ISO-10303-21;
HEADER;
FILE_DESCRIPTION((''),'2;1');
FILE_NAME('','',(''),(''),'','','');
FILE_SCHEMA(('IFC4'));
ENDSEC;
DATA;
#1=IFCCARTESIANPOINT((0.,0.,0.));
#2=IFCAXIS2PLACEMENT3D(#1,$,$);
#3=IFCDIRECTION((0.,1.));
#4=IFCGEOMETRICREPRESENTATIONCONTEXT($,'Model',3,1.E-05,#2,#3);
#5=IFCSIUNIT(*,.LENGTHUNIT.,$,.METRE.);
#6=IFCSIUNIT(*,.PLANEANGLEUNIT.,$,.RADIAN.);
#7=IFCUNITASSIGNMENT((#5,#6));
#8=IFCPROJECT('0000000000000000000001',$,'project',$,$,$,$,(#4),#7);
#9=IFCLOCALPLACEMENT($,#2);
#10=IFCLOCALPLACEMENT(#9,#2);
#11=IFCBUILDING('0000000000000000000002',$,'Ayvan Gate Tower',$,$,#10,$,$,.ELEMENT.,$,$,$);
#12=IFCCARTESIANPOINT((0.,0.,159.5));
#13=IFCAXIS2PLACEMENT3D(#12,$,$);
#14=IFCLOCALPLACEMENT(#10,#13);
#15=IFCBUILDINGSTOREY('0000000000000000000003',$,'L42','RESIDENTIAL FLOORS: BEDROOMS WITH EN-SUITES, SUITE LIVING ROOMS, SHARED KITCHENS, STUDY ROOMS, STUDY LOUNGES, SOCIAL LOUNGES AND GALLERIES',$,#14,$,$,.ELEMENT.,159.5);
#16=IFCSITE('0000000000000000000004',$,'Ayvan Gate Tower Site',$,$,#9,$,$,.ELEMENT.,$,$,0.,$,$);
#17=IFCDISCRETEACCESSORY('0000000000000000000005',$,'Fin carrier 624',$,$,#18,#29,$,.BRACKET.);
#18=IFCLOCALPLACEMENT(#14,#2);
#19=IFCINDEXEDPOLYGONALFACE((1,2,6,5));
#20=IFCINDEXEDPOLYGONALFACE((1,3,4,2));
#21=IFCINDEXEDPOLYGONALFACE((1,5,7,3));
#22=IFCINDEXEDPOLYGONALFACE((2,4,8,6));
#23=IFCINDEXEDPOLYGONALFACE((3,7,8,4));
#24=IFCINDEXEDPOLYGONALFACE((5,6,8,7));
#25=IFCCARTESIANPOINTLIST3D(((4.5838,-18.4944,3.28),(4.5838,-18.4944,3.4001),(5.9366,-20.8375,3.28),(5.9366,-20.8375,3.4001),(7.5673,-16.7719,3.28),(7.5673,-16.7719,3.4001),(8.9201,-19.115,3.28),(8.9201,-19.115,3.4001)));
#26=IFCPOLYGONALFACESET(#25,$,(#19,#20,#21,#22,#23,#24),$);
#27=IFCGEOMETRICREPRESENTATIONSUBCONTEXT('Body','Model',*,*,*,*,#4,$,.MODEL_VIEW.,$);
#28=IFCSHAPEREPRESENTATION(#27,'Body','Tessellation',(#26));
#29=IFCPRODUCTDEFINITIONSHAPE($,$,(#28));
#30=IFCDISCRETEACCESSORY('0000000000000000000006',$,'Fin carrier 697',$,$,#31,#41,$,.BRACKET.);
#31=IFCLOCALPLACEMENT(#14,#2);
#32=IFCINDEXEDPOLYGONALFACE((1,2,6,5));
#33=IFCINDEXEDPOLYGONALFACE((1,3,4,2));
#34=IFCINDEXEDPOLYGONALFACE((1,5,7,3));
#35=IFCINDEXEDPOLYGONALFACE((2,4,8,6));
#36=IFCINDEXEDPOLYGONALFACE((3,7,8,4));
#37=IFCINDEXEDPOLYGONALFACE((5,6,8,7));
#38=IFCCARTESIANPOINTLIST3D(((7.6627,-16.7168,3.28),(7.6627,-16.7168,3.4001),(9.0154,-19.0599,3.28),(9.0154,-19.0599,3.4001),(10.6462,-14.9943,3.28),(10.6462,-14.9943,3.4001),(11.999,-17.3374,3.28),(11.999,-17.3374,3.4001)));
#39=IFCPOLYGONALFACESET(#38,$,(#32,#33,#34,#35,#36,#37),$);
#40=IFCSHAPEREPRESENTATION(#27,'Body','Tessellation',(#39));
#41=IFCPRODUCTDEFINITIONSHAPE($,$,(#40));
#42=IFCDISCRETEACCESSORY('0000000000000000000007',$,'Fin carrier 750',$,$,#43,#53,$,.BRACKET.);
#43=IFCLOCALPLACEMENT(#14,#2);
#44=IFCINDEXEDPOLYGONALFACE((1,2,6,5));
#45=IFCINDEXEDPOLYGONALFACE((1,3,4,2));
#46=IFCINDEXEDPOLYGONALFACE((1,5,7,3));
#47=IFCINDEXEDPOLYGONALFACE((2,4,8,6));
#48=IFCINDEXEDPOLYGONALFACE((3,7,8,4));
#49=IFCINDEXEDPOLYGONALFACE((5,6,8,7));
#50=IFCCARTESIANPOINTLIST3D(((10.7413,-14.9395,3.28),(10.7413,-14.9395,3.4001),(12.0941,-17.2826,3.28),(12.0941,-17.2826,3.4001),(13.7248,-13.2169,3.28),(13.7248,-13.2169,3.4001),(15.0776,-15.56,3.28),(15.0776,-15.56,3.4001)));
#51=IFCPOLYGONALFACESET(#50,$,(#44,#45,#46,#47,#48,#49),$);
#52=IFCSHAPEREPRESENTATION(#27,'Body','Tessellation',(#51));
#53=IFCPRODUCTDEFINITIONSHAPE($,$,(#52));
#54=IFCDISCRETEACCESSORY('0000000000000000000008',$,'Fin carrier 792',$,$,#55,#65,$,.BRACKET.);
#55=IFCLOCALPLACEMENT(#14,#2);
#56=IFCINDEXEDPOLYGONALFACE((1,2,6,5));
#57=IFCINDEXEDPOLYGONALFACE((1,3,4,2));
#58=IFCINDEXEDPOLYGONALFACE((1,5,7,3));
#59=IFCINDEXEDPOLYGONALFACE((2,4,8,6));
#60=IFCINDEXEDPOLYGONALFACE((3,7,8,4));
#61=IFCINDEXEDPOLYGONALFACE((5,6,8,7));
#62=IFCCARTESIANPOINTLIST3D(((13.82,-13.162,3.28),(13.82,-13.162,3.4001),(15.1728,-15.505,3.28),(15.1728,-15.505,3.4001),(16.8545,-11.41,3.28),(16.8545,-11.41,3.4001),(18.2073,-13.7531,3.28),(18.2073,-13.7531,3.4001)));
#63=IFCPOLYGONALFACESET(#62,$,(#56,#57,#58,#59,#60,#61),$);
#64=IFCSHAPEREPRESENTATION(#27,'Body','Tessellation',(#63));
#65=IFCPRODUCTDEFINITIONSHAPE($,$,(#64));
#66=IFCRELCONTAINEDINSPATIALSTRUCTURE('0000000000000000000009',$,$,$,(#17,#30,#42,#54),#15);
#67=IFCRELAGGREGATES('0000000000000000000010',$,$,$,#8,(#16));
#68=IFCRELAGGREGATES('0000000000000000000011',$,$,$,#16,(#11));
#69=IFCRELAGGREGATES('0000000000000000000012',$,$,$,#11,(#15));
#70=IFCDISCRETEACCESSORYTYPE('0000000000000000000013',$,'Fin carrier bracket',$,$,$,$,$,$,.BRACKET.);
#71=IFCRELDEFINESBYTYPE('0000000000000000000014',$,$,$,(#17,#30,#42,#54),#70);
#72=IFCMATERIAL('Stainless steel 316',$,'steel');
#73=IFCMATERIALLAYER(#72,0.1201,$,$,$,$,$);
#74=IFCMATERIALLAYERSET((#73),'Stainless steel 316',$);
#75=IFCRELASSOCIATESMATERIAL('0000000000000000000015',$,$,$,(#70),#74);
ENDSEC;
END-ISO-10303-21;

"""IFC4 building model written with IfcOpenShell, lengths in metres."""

from ifc_helpers import new_model, si_unit, direction, frame, origin, origin_2d, place, context, subcontext, project, spatial, rectangle, extrude, material, layer, layer_set, type_object, element, save


model = new_model("IFC4")

# Units and contexts
model_context = context("Model", 3, precision=1e-05, world=origin(), true_north=direction((0.0, 1.0)))
body_context = subcontext(model_context, "Body", "Model", "MODEL_VIEW")
ifc_project = project(units=[si_unit("LENGTHUNIT", "METRE"), si_unit("PLANEANGLEUNIT", "RADIAN")], contexts=[model_context])

# Site, building, storey
site_placement = place(None, origin())
site = spatial("IfcSite", under=ifc_project, at=site_placement, Name="Ayvan Gate Tower Site", CompositionType="ELEMENT", RefElevation=0.0)
building_placement = place(site_placement, origin())
building = spatial("IfcBuilding", under=site, at=building_placement, Name="Ayvan Gate Tower", CompositionType="ELEMENT")
storey_placement = place(building_placement, frame((0.0, 0.0, 159.5)))
storey = spatial("IfcBuildingStorey", under=building, at=storey_placement, Name="L42", Description="RESIDENTIAL FLOORS: BEDROOMS WITH EN-SUITES, SUITE LIVING ROOMS, SHARED KITCHENS, STUDY ROOMS, STUDY LOUNGES, SOCIAL LOUNGES AND GALLERIES", CompositionType="ELEMENT", Elevation=159.5)

# Discrete accessories
ifc_material_1 = material(Name="Stainless steel 316", Category="steel")
ifc_layer_1 = layer(ifc_material_1, 0.1201)
ifc_layer_set_1 = layer_set([ifc_layer_1], Name="Stainless steel 316")
discrete_accessory_type = type_object("IfcDiscreteAccessoryType", Name="Fin carrier bracket", PredefinedType="BRACKET", material=ifc_layer_set_1)
for number, where, z_axis, x_axis, name in (
    (1, (6.752, -18.8047, 3.28), (0.0, 0.0, 1.0), (0.866025, 0.5, 0.0), "Fin carrier 624"),
    (2, (9.8308, -17.0271, 3.28), (0.0, 0.0, 1.0), (0.866025, 0.5, 0.0), "Fin carrier 697"),
    (3, (12.9094, -15.2498, 3.28), (0.0, 0.0, 1.0), (0.866025, 0.5, 0.0), "Fin carrier 750"),
):
    element("IfcDiscreteAccessory", number, at=place(storey_placement, frame(where, z_axis=z_axis, x_axis=x_axis)), inside=storey, type_object=discrete_accessory_type, Name=name, PredefinedType="BRACKET", context=body_context, shape_type="SweptSolid", body=[
        extrude(rectangle(XDim=3.4451, YDim=2.7056, at=origin_2d()), origin(), (0.0, 0.0, 1.0), 0.1201),
    ])
discrete_accessory_placement = place(storey_placement, frame((16.0137, -13.4575, 3.28), z_axis=(0.0, 0.0, 1.0), x_axis=(0.866025, 0.5, 0.0)))
element("IfcDiscreteAccessory", 4, at=discrete_accessory_placement, inside=storey, type_object=discrete_accessory_type, Name="Fin carrier 792", PredefinedType="BRACKET", context=body_context, shape_type="SweptSolid", body=[
    extrude(rectangle(XDim=3.5039, YDim=2.7056, at=origin_2d()), origin(), (0.0, 0.0, 1.0), 0.1201),
])

save(model, "model.ifc")
